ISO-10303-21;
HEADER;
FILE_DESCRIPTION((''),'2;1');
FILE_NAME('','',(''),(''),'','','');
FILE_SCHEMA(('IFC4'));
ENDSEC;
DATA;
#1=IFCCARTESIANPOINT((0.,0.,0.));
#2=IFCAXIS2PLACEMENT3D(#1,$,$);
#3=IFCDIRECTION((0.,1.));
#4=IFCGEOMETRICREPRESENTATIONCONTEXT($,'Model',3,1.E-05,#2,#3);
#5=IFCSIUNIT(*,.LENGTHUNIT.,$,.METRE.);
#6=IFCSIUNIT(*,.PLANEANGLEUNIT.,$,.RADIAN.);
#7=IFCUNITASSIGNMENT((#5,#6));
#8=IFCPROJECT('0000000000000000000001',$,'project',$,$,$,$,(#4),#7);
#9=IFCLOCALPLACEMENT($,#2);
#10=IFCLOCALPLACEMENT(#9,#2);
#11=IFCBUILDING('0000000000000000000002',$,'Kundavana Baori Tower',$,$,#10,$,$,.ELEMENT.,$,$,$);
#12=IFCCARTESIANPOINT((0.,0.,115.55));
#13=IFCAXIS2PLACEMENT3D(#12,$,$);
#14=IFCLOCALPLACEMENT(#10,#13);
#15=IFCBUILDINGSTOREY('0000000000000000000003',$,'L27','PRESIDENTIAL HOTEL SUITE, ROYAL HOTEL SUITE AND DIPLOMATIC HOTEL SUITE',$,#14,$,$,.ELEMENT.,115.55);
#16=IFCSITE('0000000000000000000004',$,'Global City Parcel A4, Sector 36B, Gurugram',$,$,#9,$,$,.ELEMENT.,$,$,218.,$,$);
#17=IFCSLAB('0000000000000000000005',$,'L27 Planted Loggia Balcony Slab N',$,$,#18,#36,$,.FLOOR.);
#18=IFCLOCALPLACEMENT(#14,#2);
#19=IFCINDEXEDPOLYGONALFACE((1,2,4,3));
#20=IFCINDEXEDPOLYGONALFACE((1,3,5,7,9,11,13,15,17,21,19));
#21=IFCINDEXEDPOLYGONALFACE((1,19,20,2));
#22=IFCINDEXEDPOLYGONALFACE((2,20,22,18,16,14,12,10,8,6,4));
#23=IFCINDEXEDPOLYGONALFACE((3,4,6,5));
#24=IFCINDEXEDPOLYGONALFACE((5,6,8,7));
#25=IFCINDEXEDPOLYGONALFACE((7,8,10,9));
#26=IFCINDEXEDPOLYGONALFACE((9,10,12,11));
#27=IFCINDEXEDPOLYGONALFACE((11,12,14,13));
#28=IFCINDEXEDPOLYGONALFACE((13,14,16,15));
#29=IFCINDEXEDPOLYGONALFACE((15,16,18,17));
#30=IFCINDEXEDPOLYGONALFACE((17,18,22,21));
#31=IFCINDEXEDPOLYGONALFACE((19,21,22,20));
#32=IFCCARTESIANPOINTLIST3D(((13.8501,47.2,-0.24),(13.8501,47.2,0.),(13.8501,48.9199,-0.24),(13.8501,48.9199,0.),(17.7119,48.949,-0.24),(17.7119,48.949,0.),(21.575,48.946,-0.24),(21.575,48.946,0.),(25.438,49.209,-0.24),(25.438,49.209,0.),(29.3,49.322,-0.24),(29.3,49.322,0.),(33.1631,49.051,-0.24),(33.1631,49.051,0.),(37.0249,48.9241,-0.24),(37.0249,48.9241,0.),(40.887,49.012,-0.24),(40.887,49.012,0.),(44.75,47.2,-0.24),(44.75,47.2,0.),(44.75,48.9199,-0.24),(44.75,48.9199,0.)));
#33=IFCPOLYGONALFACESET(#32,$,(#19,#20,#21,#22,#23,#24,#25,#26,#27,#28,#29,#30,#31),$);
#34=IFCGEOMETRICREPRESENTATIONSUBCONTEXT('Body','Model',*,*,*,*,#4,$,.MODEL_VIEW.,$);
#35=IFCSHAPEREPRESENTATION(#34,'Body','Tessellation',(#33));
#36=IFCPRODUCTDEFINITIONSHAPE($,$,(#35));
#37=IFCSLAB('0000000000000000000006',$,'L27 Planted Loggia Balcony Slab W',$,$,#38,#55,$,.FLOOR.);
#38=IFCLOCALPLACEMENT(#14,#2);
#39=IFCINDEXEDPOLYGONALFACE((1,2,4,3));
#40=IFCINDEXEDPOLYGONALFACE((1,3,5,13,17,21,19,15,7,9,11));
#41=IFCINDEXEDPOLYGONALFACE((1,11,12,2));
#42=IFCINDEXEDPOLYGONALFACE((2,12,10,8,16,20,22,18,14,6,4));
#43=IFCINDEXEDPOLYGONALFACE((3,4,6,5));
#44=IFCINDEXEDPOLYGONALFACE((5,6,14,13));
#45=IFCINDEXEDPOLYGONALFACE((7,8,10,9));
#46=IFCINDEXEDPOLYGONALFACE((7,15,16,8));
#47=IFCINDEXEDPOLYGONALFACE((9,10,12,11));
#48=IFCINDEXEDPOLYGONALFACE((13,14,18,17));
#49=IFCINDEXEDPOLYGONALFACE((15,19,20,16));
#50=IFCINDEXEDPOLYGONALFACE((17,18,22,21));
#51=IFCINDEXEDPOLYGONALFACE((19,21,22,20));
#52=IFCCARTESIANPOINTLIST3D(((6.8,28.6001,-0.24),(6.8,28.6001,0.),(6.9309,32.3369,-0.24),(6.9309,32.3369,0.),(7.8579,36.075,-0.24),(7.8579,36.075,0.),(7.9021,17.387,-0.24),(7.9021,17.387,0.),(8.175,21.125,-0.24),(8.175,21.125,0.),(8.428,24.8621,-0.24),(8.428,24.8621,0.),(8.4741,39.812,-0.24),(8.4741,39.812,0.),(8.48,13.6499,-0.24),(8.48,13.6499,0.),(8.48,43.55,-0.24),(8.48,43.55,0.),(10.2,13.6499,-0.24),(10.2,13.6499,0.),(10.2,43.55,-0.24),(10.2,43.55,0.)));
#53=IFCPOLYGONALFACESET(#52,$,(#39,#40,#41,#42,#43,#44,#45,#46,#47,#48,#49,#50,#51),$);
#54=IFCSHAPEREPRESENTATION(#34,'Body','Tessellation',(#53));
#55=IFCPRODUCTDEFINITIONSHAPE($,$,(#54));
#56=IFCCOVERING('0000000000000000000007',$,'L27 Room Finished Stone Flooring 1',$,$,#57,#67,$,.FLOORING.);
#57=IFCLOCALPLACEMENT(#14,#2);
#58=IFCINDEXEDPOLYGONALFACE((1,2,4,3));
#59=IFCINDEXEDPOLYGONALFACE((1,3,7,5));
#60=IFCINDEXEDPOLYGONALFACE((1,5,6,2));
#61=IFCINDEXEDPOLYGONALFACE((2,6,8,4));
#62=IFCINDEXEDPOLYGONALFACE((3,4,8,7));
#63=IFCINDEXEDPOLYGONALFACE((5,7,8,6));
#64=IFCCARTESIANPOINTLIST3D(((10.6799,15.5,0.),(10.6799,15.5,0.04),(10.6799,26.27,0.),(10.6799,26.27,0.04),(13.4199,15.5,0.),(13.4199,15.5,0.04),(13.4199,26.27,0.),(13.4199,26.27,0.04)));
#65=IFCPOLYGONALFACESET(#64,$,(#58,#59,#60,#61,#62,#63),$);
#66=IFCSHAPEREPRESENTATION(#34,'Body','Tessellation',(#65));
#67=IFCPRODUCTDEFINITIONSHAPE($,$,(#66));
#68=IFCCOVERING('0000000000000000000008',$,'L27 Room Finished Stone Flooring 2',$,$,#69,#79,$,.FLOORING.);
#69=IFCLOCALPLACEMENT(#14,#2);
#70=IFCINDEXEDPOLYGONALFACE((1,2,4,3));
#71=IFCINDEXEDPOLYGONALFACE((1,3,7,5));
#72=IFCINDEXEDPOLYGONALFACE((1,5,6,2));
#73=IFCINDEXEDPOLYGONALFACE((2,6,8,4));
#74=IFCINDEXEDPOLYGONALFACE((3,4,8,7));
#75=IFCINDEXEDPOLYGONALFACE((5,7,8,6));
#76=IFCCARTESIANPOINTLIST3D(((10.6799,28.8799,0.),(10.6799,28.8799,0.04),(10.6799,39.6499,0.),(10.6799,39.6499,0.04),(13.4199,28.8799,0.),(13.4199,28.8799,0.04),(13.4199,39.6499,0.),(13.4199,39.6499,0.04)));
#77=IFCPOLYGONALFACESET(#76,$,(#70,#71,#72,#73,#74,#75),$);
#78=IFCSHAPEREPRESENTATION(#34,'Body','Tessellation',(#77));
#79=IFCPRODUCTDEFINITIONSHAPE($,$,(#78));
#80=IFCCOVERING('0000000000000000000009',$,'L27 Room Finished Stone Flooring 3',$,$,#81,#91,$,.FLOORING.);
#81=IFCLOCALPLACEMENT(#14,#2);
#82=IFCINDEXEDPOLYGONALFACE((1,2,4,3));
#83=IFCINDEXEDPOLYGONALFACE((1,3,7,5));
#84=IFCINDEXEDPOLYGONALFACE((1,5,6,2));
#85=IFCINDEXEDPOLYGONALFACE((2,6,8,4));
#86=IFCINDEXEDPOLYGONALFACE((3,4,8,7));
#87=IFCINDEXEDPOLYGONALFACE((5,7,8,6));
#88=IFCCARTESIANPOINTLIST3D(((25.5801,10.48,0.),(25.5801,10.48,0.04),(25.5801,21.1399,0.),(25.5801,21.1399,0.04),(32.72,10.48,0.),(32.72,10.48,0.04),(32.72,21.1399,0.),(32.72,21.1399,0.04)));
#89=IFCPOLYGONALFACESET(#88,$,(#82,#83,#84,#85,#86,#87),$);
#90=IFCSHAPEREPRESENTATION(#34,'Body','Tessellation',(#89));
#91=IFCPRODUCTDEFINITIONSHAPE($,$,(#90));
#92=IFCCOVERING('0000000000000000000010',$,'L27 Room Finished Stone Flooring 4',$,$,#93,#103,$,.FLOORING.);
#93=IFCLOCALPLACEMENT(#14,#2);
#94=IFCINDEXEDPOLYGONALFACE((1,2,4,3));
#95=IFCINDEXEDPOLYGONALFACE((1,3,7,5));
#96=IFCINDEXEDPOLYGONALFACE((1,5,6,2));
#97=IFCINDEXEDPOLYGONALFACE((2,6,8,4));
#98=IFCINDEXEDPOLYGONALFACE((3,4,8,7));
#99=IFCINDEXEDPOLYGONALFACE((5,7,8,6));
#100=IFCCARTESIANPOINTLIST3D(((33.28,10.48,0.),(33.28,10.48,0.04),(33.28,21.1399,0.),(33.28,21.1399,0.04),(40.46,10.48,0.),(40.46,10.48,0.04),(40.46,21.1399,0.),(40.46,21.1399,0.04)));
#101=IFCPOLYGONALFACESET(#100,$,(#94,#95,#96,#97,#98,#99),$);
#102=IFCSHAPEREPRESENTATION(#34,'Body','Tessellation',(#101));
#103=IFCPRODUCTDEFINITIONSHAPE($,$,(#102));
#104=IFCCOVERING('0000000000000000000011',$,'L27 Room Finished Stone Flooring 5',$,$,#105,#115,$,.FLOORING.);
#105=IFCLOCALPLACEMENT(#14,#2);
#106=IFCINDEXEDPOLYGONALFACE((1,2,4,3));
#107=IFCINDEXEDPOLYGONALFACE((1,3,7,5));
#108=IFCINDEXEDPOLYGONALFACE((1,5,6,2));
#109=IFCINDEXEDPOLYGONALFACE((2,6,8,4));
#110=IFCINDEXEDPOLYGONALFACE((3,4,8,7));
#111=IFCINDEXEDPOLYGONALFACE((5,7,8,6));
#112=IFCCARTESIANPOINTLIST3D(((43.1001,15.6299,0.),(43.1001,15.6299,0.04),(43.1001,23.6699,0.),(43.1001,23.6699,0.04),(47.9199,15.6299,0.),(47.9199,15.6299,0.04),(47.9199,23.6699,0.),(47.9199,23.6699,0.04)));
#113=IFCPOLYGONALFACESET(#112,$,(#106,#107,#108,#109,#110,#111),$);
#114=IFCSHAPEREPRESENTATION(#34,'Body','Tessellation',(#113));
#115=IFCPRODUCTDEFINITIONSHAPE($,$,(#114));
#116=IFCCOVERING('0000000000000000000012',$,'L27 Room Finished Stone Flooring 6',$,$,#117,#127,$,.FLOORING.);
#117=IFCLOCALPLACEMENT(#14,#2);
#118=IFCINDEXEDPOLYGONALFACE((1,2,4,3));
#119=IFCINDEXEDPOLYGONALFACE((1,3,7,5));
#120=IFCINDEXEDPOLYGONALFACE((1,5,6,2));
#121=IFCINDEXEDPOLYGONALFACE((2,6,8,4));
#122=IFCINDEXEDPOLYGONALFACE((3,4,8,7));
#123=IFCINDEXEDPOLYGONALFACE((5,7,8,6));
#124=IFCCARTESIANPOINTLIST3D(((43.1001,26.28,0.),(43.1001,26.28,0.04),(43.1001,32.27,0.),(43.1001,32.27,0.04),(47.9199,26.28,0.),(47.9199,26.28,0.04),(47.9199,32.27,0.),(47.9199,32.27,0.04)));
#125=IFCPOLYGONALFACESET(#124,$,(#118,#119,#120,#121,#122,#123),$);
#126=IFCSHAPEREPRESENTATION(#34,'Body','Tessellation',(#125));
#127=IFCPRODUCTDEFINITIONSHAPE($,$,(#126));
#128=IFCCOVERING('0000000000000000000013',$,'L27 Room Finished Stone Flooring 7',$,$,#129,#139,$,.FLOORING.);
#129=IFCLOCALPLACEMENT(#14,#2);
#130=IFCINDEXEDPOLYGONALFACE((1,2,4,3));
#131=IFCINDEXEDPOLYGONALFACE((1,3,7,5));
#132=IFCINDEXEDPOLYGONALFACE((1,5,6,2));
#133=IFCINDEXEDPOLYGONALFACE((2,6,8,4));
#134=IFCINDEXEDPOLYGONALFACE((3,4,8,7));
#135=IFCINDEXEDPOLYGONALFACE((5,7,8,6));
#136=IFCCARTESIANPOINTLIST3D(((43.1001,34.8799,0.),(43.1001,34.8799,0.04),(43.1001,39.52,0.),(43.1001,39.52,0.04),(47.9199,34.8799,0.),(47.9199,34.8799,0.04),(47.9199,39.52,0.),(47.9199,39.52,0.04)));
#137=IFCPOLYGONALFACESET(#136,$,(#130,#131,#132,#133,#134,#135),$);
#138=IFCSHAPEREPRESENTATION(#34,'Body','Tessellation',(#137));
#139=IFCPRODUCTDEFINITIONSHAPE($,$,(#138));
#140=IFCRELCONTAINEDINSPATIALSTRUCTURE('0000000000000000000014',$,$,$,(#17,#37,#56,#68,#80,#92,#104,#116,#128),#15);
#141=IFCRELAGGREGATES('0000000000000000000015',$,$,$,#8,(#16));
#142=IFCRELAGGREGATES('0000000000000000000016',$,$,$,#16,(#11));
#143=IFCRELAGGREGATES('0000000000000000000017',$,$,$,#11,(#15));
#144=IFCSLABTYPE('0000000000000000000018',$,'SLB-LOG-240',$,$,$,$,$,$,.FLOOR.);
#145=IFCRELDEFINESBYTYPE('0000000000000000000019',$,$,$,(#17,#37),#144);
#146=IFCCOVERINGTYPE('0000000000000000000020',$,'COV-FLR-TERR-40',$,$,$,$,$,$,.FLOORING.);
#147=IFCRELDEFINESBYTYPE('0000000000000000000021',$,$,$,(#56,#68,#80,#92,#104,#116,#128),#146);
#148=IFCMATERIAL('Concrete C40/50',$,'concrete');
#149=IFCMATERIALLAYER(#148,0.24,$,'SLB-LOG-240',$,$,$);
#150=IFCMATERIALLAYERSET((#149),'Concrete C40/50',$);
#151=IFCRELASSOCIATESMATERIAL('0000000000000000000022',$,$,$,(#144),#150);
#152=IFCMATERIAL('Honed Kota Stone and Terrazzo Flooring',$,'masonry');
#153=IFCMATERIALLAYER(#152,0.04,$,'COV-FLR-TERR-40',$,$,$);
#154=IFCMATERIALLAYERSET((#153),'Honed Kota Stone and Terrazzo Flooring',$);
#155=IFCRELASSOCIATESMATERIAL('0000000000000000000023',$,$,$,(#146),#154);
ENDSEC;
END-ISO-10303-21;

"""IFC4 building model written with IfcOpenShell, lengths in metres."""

from ifc_helpers import new_model, si_unit, direction, frame, origin, place, context, subcontext, project, spatial, polyline, outline, extrude, material, layer, layer_set, type_object, element, save


model = new_model("IFC4")

# Units and contexts
model_context = context("Model", 3, precision=1e-05, world=origin(), true_north=direction((0.0, 1.0)))
body_context = subcontext(model_context, "Body", "Model", "MODEL_VIEW")
ifc_project = project(units=[si_unit("LENGTHUNIT", "METRE"), si_unit("PLANEANGLEUNIT", "RADIAN")], contexts=[model_context])

# Site, building, storey
site_placement = place(None, origin())
site = spatial("IfcSite", under=ifc_project, at=site_placement, Name="Global City Parcel A4, Sector 36B, Gurugram", CompositionType="ELEMENT", RefElevation=218.0)
building_placement = place(site_placement, origin())
building = spatial("IfcBuilding", under=site, at=building_placement, Name="Kundavana Baori Tower", CompositionType="ELEMENT")
storey_placement = place(building_placement, frame((0.0, 0.0, 115.55)))
storey = spatial("IfcBuildingStorey", under=building, at=storey_placement, Name="L27", Description="PRESIDENTIAL HOTEL SUITE, ROYAL HOTEL SUITE AND DIPLOMATIC HOTEL SUITE", CompositionType="ELEMENT", Elevation=115.55)

# Slabs
ifc_material_1 = material(Name="Concrete C40/50", Category="concrete")
ifc_layer_1 = layer(ifc_material_1, 0.24, Name="SLB-LOG-240")
ifc_layer_set_1 = layer_set([ifc_layer_1], Name="Concrete C40/50")
slab_type_1 = type_object("IfcSlabType", Name="SLB-LOG-240", PredefinedType="FLOOR", material=ifc_layer_set_1)
slab_1_placement = place(storey_placement, frame((0.0, 0.0, -0.24)))
element("IfcSlab", 1, at=slab_1_placement, inside=storey, type_object=slab_type_1, Name="L27 Planted Loggia Balcony Slab N", PredefinedType="FLOOR", context=body_context, shape_type="SweptSolid", body=[
    extrude(outline(polyline([(44.75, 47.2), (13.8501, 47.2), (13.8501, 48.9199), (17.7119, 48.949), (21.575, 48.946), (25.438, 49.209), (29.3, 49.322), (33.1631, 49.051), (37.0249, 48.9241), (40.887, 49.012), (44.75, 48.9199), (44.75, 47.2)])), origin(), (0.0, 0.0, 1.0), 0.24),
])
slab_2_placement = place(storey_placement, frame((0.0, 0.0, -0.24)))
element("IfcSlab", 2, at=slab_2_placement, inside=storey, type_object=slab_type_1, Name="L27 Planted Loggia Balcony Slab W", PredefinedType="FLOOR", context=body_context, shape_type="SweptSolid", body=[
    extrude(outline(polyline([(10.2, 43.55), (10.2, 13.6499), (8.48, 13.6499), (7.9021, 17.387), (8.175, 21.125), (8.428, 24.8621), (6.8, 28.6001), (6.9309, 32.3369), (7.8579, 36.075), (8.4741, 39.812), (8.48, 43.55), (10.2, 43.55)])), origin(), (0.0, 0.0, 1.0), 0.24),
])

# Coverings
ifc_material_2 = material(Name="Honed Kota Stone and Terrazzo Flooring", Category="masonry")
ifc_layer_2 = layer(ifc_material_2, 0.04, Name="COV-FLR-TERR-40")
ifc_layer_set_2 = layer_set([ifc_layer_2], Name="Honed Kota Stone and Terrazzo Flooring")
covering_type = type_object("IfcCoveringType", Name="COV-FLR-TERR-40", PredefinedType="FLOORING", material=ifc_layer_set_2)
covering_1_placement = place(storey_placement, origin())
element("IfcCovering", 3, at=covering_1_placement, inside=storey, type_object=covering_type, Name="L27 Room Finished Stone Flooring 1", PredefinedType="FLOORING", context=body_context, shape_type="SweptSolid", body=[
    extrude(outline(polyline([(10.6799, 15.5), (13.4199, 15.5), (13.4199, 26.27), (10.6799, 26.27), (10.6799, 15.5)])), origin(), (0.0, 0.0, 1.0), 0.04),
])
covering_2_placement = place(storey_placement, origin())
element("IfcCovering", 4, at=covering_2_placement, inside=storey, type_object=covering_type, Name="L27 Room Finished Stone Flooring 2", PredefinedType="FLOORING", context=body_context, shape_type="SweptSolid", body=[
    extrude(outline(polyline([(10.6799, 28.8799), (13.4199, 28.8799), (13.4199, 39.6499), (10.6799, 39.6499), (10.6799, 28.8799)])), origin(), (0.0, 0.0, 1.0), 0.04),
])
covering_3_placement = place(storey_placement, origin())
element("IfcCovering", 5, at=covering_3_placement, inside=storey, type_object=covering_type, Name="L27 Room Finished Stone Flooring 3", PredefinedType="FLOORING", context=body_context, shape_type="SweptSolid", body=[
    extrude(outline(polyline([(25.5801, 10.48), (32.72, 10.48), (32.72, 21.1399), (25.5801, 21.1399), (25.5801, 10.48)])), origin(), (0.0, 0.0, 1.0), 0.04),
])
covering_4_placement = place(storey_placement, origin())
element("IfcCovering", 6, at=covering_4_placement, inside=storey, type_object=covering_type, Name="L27 Room Finished Stone Flooring 4", PredefinedType="FLOORING", context=body_context, shape_type="SweptSolid", body=[
    extrude(outline(polyline([(33.28, 10.48), (40.46, 10.48), (40.46, 21.1399), (33.28, 21.1399), (33.28, 10.48)])), origin(), (0.0, 0.0, 1.0), 0.04),
])
covering_5_placement = place(storey_placement, origin())
element("IfcCovering", 7, at=covering_5_placement, inside=storey, type_object=covering_type, Name="L27 Room Finished Stone Flooring 5", PredefinedType="FLOORING", context=body_context, shape_type="SweptSolid", body=[
    extrude(outline(polyline([(43.1001, 15.6299), (47.9199, 15.6299), (47.9199, 23.6699), (43.1001, 23.6699), (43.1001, 15.6299)])), origin(), (0.0, 0.0, 1.0), 0.04),
])
covering_6_placement = place(storey_placement, origin())
element("IfcCovering", 8, at=covering_6_placement, inside=storey, type_object=covering_type, Name="L27 Room Finished Stone Flooring 6", PredefinedType="FLOORING", context=body_context, shape_type="SweptSolid", body=[
    extrude(outline(polyline([(43.1001, 26.28), (47.9199, 26.28), (47.9199, 32.27), (43.1001, 32.27), (43.1001, 26.28)])), origin(), (0.0, 0.0, 1.0), 0.04),
])
covering_7_placement = place(storey_placement, origin())
element("IfcCovering", 9, at=covering_7_placement, inside=storey, type_object=covering_type, Name="L27 Room Finished Stone Flooring 7", PredefinedType="FLOORING", context=body_context, shape_type="SweptSolid", body=[
    extrude(outline(polyline([(43.1001, 34.8799), (47.9199, 34.8799), (47.9199, 39.52), (43.1001, 39.52), (43.1001, 34.8799)])), origin(), (0.0, 0.0, 1.0), 0.04),
])

save(model, "model.ifc")
